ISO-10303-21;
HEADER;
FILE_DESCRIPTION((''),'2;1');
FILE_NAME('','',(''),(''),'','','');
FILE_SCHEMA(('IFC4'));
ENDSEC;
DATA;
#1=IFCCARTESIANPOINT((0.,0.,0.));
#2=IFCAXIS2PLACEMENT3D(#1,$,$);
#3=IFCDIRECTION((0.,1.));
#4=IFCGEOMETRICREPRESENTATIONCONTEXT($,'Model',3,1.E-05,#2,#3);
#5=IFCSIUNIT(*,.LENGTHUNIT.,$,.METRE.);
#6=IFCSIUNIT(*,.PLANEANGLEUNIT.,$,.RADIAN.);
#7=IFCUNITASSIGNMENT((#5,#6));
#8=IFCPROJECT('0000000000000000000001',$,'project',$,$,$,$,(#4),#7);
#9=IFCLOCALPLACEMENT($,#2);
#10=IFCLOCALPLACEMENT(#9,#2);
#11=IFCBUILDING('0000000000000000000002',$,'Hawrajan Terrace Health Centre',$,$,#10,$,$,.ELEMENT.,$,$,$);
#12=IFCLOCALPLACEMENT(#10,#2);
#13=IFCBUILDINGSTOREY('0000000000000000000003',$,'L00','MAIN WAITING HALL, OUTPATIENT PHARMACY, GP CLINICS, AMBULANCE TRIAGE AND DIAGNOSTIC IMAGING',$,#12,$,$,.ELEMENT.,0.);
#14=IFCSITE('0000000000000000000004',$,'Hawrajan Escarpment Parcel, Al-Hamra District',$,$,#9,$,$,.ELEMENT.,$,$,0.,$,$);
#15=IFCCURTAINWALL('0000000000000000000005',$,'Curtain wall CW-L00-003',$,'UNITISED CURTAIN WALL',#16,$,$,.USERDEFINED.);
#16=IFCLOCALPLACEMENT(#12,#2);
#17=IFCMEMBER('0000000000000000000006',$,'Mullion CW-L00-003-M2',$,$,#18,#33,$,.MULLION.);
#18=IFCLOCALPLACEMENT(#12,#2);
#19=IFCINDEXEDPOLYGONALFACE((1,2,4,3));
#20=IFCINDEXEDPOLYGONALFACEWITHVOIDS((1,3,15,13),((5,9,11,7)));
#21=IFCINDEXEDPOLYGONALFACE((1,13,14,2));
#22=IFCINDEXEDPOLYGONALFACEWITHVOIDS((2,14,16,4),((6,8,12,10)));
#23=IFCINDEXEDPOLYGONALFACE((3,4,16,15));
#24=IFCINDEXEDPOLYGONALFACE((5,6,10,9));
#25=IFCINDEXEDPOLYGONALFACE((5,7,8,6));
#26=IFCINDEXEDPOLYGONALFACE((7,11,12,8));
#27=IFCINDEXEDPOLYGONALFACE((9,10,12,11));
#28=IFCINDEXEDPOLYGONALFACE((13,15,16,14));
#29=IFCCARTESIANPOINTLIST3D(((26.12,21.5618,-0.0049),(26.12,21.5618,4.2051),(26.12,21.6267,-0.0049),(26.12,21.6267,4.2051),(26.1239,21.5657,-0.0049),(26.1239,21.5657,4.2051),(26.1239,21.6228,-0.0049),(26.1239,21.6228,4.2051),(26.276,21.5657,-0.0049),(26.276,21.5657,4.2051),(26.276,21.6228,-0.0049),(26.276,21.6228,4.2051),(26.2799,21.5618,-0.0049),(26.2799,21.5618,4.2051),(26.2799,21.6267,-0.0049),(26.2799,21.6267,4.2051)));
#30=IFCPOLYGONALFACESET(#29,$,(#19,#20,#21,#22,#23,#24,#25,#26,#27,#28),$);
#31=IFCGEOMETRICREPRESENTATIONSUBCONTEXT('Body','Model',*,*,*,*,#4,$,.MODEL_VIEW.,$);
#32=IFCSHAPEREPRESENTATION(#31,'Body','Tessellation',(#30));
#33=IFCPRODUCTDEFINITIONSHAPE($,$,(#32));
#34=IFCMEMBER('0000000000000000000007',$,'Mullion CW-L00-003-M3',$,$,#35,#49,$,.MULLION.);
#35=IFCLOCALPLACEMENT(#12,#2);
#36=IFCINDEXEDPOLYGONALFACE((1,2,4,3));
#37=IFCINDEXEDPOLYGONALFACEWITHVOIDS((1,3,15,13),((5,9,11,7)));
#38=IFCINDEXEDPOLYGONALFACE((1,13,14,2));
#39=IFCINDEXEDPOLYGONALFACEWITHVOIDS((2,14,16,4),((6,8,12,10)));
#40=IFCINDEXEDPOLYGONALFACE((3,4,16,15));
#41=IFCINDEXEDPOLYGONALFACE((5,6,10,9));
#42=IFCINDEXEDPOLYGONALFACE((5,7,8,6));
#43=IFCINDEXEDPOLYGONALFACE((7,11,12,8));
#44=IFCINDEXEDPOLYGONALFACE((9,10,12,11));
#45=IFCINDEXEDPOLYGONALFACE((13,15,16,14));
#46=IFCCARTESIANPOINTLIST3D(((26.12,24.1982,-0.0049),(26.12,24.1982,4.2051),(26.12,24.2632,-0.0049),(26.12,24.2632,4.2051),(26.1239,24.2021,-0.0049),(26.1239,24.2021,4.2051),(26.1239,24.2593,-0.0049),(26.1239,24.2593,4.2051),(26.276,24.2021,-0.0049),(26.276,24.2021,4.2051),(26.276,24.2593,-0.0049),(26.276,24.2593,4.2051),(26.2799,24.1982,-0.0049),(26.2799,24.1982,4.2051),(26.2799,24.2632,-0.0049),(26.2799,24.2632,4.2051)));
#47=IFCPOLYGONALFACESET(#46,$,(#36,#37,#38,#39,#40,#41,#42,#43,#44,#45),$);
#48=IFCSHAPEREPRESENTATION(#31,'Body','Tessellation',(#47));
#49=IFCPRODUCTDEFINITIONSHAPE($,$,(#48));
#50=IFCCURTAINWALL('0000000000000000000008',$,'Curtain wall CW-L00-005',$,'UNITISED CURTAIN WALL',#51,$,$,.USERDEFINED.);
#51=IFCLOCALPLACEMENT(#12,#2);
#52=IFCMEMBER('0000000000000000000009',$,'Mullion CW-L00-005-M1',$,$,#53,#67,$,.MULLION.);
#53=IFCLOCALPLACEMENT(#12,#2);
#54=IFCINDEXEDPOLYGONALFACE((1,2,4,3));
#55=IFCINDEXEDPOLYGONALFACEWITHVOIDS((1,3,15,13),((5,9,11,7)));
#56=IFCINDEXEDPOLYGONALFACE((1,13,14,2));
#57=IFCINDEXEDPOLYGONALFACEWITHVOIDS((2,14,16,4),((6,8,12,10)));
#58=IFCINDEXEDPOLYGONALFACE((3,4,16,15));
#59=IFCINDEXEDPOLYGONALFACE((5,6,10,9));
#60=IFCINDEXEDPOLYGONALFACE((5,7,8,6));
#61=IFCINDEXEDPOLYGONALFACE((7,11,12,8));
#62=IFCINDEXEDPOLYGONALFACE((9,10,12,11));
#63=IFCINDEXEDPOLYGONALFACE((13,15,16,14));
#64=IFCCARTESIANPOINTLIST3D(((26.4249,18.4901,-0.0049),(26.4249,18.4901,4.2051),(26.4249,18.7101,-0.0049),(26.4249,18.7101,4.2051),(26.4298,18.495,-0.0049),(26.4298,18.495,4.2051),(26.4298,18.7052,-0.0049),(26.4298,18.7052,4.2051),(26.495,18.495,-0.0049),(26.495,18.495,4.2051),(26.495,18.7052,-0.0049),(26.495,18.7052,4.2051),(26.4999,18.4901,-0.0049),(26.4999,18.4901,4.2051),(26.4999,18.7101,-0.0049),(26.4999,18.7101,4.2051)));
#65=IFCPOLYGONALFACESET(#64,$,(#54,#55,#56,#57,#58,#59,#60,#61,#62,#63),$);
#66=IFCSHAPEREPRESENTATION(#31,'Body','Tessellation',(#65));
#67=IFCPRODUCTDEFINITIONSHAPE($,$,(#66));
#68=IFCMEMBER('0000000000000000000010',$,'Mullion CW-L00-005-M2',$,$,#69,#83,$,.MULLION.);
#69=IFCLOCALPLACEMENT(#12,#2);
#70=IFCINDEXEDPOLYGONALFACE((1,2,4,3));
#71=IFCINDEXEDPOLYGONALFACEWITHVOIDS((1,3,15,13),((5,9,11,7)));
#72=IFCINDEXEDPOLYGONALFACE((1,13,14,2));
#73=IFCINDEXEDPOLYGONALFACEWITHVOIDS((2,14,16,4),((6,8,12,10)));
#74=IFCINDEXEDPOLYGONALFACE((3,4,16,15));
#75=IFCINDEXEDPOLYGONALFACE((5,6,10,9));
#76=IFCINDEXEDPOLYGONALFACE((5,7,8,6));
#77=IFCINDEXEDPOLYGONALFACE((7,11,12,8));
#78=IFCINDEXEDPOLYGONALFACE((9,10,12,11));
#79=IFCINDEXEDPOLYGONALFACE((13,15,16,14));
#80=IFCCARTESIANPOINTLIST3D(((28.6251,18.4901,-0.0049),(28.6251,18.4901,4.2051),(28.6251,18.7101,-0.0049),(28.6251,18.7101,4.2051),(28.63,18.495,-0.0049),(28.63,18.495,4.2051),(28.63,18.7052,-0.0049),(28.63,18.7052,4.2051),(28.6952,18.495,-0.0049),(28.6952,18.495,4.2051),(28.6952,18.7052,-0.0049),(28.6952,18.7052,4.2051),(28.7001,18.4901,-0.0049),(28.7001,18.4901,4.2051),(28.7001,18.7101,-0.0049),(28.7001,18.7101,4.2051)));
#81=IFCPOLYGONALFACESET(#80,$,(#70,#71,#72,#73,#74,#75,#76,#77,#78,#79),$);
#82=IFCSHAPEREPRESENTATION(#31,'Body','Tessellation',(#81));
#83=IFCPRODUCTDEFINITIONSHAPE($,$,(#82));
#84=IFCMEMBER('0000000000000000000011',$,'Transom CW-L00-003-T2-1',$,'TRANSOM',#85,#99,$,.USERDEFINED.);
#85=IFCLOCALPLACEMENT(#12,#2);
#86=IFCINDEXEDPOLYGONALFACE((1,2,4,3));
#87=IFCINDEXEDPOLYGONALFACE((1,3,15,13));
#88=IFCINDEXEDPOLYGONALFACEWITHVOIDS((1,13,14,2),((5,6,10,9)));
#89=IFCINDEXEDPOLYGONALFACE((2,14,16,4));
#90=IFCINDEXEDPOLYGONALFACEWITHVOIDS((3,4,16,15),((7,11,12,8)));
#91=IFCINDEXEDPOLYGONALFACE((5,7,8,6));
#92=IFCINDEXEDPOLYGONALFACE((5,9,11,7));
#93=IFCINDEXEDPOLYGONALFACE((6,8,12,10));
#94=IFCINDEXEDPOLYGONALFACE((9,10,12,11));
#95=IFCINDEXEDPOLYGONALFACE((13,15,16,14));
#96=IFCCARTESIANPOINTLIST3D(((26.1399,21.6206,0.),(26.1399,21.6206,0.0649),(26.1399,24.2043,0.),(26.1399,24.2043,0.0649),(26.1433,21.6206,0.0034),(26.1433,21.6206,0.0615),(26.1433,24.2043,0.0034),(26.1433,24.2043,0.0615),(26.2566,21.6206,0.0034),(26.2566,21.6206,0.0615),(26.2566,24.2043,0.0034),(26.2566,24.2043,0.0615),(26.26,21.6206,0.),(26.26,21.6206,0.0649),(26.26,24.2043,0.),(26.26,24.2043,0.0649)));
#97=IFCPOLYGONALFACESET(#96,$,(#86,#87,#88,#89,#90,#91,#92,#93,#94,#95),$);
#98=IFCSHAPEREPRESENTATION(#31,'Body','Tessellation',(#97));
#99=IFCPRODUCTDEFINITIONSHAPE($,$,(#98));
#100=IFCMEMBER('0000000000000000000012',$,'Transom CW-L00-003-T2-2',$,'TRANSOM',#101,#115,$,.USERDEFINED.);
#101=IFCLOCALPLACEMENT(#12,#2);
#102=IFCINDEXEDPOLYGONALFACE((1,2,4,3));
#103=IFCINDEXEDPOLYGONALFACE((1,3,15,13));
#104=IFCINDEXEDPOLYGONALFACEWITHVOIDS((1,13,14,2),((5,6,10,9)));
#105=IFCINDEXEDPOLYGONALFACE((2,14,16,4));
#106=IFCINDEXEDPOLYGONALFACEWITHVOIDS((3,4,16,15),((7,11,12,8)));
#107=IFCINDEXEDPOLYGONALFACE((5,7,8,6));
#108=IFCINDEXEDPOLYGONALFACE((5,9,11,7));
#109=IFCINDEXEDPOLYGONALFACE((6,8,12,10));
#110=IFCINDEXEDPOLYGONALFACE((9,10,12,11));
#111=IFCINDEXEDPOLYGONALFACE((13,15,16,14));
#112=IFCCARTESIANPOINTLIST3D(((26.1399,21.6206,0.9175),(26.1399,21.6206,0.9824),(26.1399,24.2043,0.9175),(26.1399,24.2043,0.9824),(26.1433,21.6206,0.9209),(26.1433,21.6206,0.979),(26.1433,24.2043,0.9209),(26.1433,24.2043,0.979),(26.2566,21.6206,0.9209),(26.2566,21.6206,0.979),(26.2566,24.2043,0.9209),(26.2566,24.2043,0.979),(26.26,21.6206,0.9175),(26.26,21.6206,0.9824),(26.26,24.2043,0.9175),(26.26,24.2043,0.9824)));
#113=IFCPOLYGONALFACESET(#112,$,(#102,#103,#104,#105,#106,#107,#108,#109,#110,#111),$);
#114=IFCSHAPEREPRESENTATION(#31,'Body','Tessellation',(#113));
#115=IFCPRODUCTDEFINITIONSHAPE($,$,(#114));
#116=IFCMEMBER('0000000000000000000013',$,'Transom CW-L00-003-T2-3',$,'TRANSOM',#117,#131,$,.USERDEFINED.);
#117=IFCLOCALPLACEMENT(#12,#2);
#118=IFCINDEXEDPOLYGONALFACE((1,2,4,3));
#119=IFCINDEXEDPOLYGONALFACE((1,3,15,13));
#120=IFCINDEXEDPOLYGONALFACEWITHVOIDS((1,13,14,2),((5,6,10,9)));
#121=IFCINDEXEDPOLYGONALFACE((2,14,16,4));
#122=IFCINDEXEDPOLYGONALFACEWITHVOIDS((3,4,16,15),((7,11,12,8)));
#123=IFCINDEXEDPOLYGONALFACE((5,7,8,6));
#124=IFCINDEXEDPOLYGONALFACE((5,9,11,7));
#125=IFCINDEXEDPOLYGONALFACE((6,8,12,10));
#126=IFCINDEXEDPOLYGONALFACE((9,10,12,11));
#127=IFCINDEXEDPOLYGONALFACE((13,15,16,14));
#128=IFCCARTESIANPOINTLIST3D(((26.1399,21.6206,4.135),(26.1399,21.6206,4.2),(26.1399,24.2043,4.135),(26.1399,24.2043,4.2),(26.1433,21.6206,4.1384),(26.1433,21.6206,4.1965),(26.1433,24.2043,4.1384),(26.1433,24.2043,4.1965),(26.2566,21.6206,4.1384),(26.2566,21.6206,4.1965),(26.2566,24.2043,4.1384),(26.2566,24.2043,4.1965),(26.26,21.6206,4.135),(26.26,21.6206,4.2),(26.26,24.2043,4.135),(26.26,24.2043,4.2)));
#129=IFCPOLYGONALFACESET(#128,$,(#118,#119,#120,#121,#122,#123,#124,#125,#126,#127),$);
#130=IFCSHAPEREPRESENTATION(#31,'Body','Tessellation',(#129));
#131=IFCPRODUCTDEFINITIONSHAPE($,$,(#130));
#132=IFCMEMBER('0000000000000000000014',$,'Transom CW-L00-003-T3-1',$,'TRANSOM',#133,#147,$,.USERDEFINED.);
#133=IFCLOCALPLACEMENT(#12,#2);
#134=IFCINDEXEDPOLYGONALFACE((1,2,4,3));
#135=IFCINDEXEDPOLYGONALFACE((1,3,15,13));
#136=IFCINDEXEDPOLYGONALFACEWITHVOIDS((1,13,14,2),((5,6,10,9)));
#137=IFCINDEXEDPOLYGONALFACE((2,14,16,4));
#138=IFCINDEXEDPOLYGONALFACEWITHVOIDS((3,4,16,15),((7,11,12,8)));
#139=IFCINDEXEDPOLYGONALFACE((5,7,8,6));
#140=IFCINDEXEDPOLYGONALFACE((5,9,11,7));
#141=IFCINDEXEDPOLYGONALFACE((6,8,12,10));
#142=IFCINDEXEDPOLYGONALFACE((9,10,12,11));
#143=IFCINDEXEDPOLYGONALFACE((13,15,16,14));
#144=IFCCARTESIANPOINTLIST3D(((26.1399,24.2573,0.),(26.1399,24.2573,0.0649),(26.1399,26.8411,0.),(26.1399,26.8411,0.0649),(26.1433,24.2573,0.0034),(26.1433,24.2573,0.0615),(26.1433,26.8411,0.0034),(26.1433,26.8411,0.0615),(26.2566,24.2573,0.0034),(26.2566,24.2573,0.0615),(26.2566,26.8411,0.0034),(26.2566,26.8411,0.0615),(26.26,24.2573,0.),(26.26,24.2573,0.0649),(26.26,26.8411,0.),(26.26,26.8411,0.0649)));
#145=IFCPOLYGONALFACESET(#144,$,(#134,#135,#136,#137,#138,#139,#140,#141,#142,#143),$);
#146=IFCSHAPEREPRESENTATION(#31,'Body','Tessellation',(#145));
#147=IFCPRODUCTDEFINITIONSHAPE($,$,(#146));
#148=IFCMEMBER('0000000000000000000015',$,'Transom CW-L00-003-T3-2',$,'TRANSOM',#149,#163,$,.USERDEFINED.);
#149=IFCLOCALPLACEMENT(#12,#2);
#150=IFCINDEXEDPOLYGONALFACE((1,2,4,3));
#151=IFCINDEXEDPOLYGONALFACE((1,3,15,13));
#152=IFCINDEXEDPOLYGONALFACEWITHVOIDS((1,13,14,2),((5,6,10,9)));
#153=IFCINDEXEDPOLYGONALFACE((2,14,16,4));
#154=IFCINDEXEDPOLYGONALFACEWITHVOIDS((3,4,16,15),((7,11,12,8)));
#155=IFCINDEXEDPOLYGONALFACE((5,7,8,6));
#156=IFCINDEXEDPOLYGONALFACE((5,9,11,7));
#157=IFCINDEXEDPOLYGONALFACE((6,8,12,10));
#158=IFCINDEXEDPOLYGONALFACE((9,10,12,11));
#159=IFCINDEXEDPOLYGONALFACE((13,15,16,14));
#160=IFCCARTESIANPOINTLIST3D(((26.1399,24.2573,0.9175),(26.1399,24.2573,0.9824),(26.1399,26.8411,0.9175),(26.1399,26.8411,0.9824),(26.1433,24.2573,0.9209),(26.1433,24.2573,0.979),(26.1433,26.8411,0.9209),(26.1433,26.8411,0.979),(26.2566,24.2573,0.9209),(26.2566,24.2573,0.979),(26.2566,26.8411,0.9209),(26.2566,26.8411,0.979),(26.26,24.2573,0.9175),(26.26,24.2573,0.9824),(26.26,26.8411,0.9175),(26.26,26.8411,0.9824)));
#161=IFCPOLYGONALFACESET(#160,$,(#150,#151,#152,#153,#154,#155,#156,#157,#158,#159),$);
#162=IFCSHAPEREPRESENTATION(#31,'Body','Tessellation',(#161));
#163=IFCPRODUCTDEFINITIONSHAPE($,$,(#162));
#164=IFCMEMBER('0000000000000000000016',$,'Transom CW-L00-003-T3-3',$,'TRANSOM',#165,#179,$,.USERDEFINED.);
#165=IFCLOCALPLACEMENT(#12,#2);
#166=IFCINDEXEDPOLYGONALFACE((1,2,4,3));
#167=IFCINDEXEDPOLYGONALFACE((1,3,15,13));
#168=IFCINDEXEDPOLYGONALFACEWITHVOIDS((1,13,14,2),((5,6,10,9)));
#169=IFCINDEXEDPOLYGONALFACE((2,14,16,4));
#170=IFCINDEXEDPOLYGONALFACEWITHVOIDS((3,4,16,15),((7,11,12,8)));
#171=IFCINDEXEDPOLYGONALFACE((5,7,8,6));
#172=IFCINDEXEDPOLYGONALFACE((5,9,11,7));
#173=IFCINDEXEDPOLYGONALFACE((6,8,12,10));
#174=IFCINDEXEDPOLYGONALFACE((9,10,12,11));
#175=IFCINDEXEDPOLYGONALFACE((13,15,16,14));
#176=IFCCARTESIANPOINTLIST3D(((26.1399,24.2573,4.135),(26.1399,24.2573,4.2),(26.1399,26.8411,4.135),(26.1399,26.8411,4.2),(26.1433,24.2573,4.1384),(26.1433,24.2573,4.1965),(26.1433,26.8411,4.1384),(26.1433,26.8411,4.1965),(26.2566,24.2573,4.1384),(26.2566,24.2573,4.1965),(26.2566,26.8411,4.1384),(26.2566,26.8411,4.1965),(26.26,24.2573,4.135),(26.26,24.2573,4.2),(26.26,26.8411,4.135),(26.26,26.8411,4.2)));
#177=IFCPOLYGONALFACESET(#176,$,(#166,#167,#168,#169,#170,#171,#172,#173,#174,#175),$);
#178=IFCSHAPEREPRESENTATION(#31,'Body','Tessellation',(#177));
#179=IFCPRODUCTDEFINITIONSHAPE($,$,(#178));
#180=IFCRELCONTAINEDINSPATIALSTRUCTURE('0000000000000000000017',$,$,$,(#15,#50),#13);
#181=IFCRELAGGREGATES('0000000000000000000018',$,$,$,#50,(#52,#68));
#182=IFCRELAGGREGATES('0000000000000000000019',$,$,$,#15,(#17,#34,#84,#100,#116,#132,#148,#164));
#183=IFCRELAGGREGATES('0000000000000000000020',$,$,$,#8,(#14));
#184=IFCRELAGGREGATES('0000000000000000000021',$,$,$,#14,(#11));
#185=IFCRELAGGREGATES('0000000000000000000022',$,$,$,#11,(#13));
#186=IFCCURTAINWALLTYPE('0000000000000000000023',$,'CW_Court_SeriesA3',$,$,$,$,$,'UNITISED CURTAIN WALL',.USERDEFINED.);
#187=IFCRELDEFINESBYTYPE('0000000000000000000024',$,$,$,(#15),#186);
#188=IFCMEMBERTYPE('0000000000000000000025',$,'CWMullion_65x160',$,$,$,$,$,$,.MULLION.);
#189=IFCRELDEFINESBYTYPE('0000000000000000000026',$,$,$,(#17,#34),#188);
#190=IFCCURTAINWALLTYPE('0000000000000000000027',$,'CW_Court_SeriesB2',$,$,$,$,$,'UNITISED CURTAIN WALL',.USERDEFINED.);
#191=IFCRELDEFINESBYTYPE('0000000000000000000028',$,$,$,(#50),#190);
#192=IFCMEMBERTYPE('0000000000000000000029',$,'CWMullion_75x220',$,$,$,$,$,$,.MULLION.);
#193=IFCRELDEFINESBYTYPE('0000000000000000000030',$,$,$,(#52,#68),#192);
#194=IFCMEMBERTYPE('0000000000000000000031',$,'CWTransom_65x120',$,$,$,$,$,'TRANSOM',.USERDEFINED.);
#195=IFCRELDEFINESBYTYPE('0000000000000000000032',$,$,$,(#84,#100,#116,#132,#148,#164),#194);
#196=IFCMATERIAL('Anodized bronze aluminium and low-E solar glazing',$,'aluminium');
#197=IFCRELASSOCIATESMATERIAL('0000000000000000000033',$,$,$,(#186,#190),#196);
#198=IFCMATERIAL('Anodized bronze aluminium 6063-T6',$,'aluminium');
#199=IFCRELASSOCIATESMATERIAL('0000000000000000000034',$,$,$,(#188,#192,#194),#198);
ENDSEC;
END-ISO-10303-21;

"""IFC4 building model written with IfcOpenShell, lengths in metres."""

from ifc_helpers import new_model, si_unit, direction, frame, origin, origin_2d, place, context, subcontext, project, spatial, hollow_rectangle, extrude, material, material_profile, profile_set, type_object, element, aggregate, save


model = new_model("IFC4")

# Units and contexts
model_context = context("Model", 3, precision=1e-05, world=origin(), true_north=direction((0.0, 1.0)))
body_context = subcontext(model_context, "Body", "Model", "MODEL_VIEW")
ifc_project = project(units=[si_unit("LENGTHUNIT", "METRE"), si_unit("PLANEANGLEUNIT", "RADIAN")], contexts=[model_context])

# Site, building, storey
site_placement = place(None, origin())
site = spatial("IfcSite", under=ifc_project, at=site_placement, Name="Hawrajan Escarpment Parcel, Al-Hamra District", CompositionType="ELEMENT", RefElevation=0.0)
building_placement = place(site_placement, origin())
building = spatial("IfcBuilding", under=site, at=building_placement, Name="Hawrajan Terrace Health Centre", CompositionType="ELEMENT")
storey_placement = place(building_placement, origin())
storey = spatial("IfcBuildingStorey", under=building, at=storey_placement, Name="L00", Description="MAIN WAITING HALL, OUTPATIENT PHARMACY, GP CLINICS, AMBULANCE TRIAGE AND DIAGNOSTIC IMAGING", CompositionType="ELEMENT", Elevation=0.0)

# Curtain walls, members
ifc_material_1 = material(Name="Anodized bronze aluminium and low-E solar glazing", Category="aluminium")
curtain_wall_type_1 = type_object("IfcCurtainWallType", Name="CW_Court_SeriesA3", ElementType="UNITISED CURTAIN WALL", PredefinedType="USERDEFINED", material=ifc_material_1)
curtain_wall_1_placement = place(storey_placement, origin())
curtain_wall_1 = element("IfcCurtainWall", 1, at=curtain_wall_1_placement, inside=storey, type_object=curtain_wall_type_1, Name="Curtain wall CW-L00-003", ObjectType="UNITISED CURTAIN WALL", PredefinedType="USERDEFINED")
ifc_material_2 = material(Name="Anodized bronze aluminium 6063-T6", Category="aluminium")
ifc_material_profile_1 = material_profile(ifc_material_2, hollow_rectangle(XDim=0.0649, YDim=0.1599, WallThickness=0.0039, at=origin_2d()), Name="CW MUL 65x160")
ifc_profile_set_1 = profile_set([ifc_material_profile_1], Name="Anodized bronze aluminium 6063-T6")
member_type_1 = type_object("IfcMemberType", Name="CWMullion_65x160", PredefinedType="MULLION", material=ifc_profile_set_1)
member_1_placement = place(storey_placement, frame((26.2, 21.5942, -0.0049), z_axis=(0.0, 0.0, 1.0), x_axis=(0.0, 1.0, 0.0)))
member_1 = element("IfcMember", 2, at=member_1_placement, type_object=member_type_1, Name="Mullion CW-L00-003-M2", PredefinedType="MULLION", context=body_context, shape_type="SweptSolid", body=[
    extrude(hollow_rectangle(XDim=0.0649, YDim=0.1599, WallThickness=0.0039, at=origin_2d()), origin(), (0.0, 0.0, 1.0), 4.21),
])
member_2_placement = place(storey_placement, frame((26.2, 24.2307, -0.0049), z_axis=(0.0, 0.0, 1.0), x_axis=(0.0, 1.0, 0.0)))
member_2 = element("IfcMember", 3, at=member_2_placement, type_object=member_type_1, Name="Mullion CW-L00-003-M3", PredefinedType="MULLION", context=body_context, shape_type="SweptSolid", body=[
    extrude(hollow_rectangle(XDim=0.0649, YDim=0.1599, WallThickness=0.0039, at=origin_2d()), origin(), (0.0, 0.0, 1.0), 4.21),
])
curtain_wall_type_2 = type_object("IfcCurtainWallType", Name="CW_Court_SeriesB2", ElementType="UNITISED CURTAIN WALL", PredefinedType="USERDEFINED", material=ifc_material_1)
curtain_wall_2_placement = place(storey_placement, origin())
curtain_wall_2 = element("IfcCurtainWall", 4, at=curtain_wall_2_placement, inside=storey, type_object=curtain_wall_type_2, Name="Curtain wall CW-L00-005", ObjectType="UNITISED CURTAIN WALL", PredefinedType="USERDEFINED")
ifc_material_profile_2 = material_profile(ifc_material_2, hollow_rectangle(XDim=0.075, YDim=0.22, WallThickness=0.0049, at=origin_2d()), Name="CW MUL 75x220")
ifc_profile_set_2 = profile_set([ifc_material_profile_2], Name="Anodized bronze aluminium 6063-T6")
member_type_2 = type_object("IfcMemberType", Name="CWMullion_75x220", PredefinedType="MULLION", material=ifc_profile_set_2)
member_3_placement = place(storey_placement, frame((26.4624, 18.6001, -0.0049), z_axis=(0.0, 0.0, 1.0), x_axis=(1.0, 0.0, 0.0)))
member_3 = element("IfcMember", 5, at=member_3_placement, type_object=member_type_2, Name="Mullion CW-L00-005-M1", PredefinedType="MULLION", context=body_context, shape_type="SweptSolid", body=[
    extrude(hollow_rectangle(XDim=0.075, YDim=0.22, WallThickness=0.0049, at=origin_2d()), origin(), (0.0, 0.0, 1.0), 4.21),
])
member_4_placement = place(storey_placement, frame((28.6626, 18.6001, -0.0049), z_axis=(0.0, 0.0, 1.0), x_axis=(1.0, 0.0, 0.0)))
member_4 = element("IfcMember", 6, at=member_4_placement, type_object=member_type_2, Name="Mullion CW-L00-005-M2", PredefinedType="MULLION", context=body_context, shape_type="SweptSolid", body=[
    extrude(hollow_rectangle(XDim=0.075, YDim=0.22, WallThickness=0.0049, at=origin_2d()), origin(), (0.0, 0.0, 1.0), 4.21),
])

# Members
ifc_material_profile_3 = material_profile(ifc_material_2, hollow_rectangle(XDim=0.0649, YDim=0.1201, WallThickness=0.0034, at=origin_2d()), Name="CW TRN 65x120")
ifc_profile_set_3 = profile_set([ifc_material_profile_3], Name="Anodized bronze aluminium 6063-T6")
member_type_3 = type_object("IfcMemberType", Name="CWTransom_65x120", ElementType="TRANSOM", PredefinedType="USERDEFINED", material=ifc_profile_set_3)
member_5_placement = place(storey_placement, frame((26.2, 21.6206, 0.0325), z_axis=(0.0, 1.0, 0.0), x_axis=(0.0, 0.0, 1.0)))
member_5 = element("IfcMember", 7, at=member_5_placement, type_object=member_type_3, Name="Transom CW-L00-003-T2-1", ObjectType="TRANSOM", PredefinedType="USERDEFINED", context=body_context, shape_type="SweptSolid", body=[
    extrude(hollow_rectangle(XDim=0.0649, YDim=0.1201, WallThickness=0.0034, at=origin_2d()), origin(), (0.0, 0.0, 1.0), 2.5837),
])
member_6_placement = place(storey_placement, frame((26.2, 21.6206, 0.95), z_axis=(0.0, 1.0, 0.0), x_axis=(0.0, 0.0, 1.0)))
member_6 = element("IfcMember", 8, at=member_6_placement, type_object=member_type_3, Name="Transom CW-L00-003-T2-2", ObjectType="TRANSOM", PredefinedType="USERDEFINED", context=body_context, shape_type="SweptSolid", body=[
    extrude(hollow_rectangle(XDim=0.0649, YDim=0.1201, WallThickness=0.0034, at=origin_2d()), origin(), (0.0, 0.0, 1.0), 2.5837),
])
member_7_placement = place(storey_placement, frame((26.2, 21.6206, 4.1675), z_axis=(0.0, 1.0, 0.0), x_axis=(0.0, 0.0, 1.0)))
member_7 = element("IfcMember", 9, at=member_7_placement, type_object=member_type_3, Name="Transom CW-L00-003-T2-3", ObjectType="TRANSOM", PredefinedType="USERDEFINED", context=body_context, shape_type="SweptSolid", body=[
    extrude(hollow_rectangle(XDim=0.0649, YDim=0.1201, WallThickness=0.0034, at=origin_2d()), origin(), (0.0, 0.0, 1.0), 2.5837),
])
member_8_placement = place(storey_placement, frame((26.2, 24.2573, 0.0325), z_axis=(0.0, 1.0, 0.0), x_axis=(0.0, 0.0, 1.0)))
member_8 = element("IfcMember", 10, at=member_8_placement, type_object=member_type_3, Name="Transom CW-L00-003-T3-1", ObjectType="TRANSOM", PredefinedType="USERDEFINED", context=body_context, shape_type="SweptSolid", body=[
    extrude(hollow_rectangle(XDim=0.0649, YDim=0.1201, WallThickness=0.0034, at=origin_2d()), origin(), (0.0, 0.0, 1.0), 2.5837),
])
member_9_placement = place(storey_placement, frame((26.2, 24.2573, 0.95), z_axis=(0.0, 1.0, 0.0), x_axis=(0.0, 0.0, 1.0)))
member_9 = element("IfcMember", 11, at=member_9_placement, type_object=member_type_3, Name="Transom CW-L00-003-T3-2", ObjectType="TRANSOM", PredefinedType="USERDEFINED", context=body_context, shape_type="SweptSolid", body=[
    extrude(hollow_rectangle(XDim=0.0649, YDim=0.1201, WallThickness=0.0034, at=origin_2d()), origin(), (0.0, 0.0, 1.0), 2.5837),
])
member_10_placement = place(storey_placement, frame((26.2, 24.2573, 4.1675), z_axis=(0.0, 1.0, 0.0), x_axis=(0.0, 0.0, 1.0)))
member_10 = element("IfcMember", 12, at=member_10_placement, type_object=member_type_3, Name="Transom CW-L00-003-T3-3", ObjectType="TRANSOM", PredefinedType="USERDEFINED", context=body_context, shape_type="SweptSolid", body=[
    extrude(hollow_rectangle(XDim=0.0649, YDim=0.1201, WallThickness=0.0034, at=origin_2d()), origin(), (0.0, 0.0, 1.0), 2.5837),
])

aggregate(curtain_wall_2, [member_3, member_4])
aggregate(curtain_wall_1, [member_1, member_2, member_5, member_6, member_7, member_8, member_9, member_10])

save(model, "model.ifc")
